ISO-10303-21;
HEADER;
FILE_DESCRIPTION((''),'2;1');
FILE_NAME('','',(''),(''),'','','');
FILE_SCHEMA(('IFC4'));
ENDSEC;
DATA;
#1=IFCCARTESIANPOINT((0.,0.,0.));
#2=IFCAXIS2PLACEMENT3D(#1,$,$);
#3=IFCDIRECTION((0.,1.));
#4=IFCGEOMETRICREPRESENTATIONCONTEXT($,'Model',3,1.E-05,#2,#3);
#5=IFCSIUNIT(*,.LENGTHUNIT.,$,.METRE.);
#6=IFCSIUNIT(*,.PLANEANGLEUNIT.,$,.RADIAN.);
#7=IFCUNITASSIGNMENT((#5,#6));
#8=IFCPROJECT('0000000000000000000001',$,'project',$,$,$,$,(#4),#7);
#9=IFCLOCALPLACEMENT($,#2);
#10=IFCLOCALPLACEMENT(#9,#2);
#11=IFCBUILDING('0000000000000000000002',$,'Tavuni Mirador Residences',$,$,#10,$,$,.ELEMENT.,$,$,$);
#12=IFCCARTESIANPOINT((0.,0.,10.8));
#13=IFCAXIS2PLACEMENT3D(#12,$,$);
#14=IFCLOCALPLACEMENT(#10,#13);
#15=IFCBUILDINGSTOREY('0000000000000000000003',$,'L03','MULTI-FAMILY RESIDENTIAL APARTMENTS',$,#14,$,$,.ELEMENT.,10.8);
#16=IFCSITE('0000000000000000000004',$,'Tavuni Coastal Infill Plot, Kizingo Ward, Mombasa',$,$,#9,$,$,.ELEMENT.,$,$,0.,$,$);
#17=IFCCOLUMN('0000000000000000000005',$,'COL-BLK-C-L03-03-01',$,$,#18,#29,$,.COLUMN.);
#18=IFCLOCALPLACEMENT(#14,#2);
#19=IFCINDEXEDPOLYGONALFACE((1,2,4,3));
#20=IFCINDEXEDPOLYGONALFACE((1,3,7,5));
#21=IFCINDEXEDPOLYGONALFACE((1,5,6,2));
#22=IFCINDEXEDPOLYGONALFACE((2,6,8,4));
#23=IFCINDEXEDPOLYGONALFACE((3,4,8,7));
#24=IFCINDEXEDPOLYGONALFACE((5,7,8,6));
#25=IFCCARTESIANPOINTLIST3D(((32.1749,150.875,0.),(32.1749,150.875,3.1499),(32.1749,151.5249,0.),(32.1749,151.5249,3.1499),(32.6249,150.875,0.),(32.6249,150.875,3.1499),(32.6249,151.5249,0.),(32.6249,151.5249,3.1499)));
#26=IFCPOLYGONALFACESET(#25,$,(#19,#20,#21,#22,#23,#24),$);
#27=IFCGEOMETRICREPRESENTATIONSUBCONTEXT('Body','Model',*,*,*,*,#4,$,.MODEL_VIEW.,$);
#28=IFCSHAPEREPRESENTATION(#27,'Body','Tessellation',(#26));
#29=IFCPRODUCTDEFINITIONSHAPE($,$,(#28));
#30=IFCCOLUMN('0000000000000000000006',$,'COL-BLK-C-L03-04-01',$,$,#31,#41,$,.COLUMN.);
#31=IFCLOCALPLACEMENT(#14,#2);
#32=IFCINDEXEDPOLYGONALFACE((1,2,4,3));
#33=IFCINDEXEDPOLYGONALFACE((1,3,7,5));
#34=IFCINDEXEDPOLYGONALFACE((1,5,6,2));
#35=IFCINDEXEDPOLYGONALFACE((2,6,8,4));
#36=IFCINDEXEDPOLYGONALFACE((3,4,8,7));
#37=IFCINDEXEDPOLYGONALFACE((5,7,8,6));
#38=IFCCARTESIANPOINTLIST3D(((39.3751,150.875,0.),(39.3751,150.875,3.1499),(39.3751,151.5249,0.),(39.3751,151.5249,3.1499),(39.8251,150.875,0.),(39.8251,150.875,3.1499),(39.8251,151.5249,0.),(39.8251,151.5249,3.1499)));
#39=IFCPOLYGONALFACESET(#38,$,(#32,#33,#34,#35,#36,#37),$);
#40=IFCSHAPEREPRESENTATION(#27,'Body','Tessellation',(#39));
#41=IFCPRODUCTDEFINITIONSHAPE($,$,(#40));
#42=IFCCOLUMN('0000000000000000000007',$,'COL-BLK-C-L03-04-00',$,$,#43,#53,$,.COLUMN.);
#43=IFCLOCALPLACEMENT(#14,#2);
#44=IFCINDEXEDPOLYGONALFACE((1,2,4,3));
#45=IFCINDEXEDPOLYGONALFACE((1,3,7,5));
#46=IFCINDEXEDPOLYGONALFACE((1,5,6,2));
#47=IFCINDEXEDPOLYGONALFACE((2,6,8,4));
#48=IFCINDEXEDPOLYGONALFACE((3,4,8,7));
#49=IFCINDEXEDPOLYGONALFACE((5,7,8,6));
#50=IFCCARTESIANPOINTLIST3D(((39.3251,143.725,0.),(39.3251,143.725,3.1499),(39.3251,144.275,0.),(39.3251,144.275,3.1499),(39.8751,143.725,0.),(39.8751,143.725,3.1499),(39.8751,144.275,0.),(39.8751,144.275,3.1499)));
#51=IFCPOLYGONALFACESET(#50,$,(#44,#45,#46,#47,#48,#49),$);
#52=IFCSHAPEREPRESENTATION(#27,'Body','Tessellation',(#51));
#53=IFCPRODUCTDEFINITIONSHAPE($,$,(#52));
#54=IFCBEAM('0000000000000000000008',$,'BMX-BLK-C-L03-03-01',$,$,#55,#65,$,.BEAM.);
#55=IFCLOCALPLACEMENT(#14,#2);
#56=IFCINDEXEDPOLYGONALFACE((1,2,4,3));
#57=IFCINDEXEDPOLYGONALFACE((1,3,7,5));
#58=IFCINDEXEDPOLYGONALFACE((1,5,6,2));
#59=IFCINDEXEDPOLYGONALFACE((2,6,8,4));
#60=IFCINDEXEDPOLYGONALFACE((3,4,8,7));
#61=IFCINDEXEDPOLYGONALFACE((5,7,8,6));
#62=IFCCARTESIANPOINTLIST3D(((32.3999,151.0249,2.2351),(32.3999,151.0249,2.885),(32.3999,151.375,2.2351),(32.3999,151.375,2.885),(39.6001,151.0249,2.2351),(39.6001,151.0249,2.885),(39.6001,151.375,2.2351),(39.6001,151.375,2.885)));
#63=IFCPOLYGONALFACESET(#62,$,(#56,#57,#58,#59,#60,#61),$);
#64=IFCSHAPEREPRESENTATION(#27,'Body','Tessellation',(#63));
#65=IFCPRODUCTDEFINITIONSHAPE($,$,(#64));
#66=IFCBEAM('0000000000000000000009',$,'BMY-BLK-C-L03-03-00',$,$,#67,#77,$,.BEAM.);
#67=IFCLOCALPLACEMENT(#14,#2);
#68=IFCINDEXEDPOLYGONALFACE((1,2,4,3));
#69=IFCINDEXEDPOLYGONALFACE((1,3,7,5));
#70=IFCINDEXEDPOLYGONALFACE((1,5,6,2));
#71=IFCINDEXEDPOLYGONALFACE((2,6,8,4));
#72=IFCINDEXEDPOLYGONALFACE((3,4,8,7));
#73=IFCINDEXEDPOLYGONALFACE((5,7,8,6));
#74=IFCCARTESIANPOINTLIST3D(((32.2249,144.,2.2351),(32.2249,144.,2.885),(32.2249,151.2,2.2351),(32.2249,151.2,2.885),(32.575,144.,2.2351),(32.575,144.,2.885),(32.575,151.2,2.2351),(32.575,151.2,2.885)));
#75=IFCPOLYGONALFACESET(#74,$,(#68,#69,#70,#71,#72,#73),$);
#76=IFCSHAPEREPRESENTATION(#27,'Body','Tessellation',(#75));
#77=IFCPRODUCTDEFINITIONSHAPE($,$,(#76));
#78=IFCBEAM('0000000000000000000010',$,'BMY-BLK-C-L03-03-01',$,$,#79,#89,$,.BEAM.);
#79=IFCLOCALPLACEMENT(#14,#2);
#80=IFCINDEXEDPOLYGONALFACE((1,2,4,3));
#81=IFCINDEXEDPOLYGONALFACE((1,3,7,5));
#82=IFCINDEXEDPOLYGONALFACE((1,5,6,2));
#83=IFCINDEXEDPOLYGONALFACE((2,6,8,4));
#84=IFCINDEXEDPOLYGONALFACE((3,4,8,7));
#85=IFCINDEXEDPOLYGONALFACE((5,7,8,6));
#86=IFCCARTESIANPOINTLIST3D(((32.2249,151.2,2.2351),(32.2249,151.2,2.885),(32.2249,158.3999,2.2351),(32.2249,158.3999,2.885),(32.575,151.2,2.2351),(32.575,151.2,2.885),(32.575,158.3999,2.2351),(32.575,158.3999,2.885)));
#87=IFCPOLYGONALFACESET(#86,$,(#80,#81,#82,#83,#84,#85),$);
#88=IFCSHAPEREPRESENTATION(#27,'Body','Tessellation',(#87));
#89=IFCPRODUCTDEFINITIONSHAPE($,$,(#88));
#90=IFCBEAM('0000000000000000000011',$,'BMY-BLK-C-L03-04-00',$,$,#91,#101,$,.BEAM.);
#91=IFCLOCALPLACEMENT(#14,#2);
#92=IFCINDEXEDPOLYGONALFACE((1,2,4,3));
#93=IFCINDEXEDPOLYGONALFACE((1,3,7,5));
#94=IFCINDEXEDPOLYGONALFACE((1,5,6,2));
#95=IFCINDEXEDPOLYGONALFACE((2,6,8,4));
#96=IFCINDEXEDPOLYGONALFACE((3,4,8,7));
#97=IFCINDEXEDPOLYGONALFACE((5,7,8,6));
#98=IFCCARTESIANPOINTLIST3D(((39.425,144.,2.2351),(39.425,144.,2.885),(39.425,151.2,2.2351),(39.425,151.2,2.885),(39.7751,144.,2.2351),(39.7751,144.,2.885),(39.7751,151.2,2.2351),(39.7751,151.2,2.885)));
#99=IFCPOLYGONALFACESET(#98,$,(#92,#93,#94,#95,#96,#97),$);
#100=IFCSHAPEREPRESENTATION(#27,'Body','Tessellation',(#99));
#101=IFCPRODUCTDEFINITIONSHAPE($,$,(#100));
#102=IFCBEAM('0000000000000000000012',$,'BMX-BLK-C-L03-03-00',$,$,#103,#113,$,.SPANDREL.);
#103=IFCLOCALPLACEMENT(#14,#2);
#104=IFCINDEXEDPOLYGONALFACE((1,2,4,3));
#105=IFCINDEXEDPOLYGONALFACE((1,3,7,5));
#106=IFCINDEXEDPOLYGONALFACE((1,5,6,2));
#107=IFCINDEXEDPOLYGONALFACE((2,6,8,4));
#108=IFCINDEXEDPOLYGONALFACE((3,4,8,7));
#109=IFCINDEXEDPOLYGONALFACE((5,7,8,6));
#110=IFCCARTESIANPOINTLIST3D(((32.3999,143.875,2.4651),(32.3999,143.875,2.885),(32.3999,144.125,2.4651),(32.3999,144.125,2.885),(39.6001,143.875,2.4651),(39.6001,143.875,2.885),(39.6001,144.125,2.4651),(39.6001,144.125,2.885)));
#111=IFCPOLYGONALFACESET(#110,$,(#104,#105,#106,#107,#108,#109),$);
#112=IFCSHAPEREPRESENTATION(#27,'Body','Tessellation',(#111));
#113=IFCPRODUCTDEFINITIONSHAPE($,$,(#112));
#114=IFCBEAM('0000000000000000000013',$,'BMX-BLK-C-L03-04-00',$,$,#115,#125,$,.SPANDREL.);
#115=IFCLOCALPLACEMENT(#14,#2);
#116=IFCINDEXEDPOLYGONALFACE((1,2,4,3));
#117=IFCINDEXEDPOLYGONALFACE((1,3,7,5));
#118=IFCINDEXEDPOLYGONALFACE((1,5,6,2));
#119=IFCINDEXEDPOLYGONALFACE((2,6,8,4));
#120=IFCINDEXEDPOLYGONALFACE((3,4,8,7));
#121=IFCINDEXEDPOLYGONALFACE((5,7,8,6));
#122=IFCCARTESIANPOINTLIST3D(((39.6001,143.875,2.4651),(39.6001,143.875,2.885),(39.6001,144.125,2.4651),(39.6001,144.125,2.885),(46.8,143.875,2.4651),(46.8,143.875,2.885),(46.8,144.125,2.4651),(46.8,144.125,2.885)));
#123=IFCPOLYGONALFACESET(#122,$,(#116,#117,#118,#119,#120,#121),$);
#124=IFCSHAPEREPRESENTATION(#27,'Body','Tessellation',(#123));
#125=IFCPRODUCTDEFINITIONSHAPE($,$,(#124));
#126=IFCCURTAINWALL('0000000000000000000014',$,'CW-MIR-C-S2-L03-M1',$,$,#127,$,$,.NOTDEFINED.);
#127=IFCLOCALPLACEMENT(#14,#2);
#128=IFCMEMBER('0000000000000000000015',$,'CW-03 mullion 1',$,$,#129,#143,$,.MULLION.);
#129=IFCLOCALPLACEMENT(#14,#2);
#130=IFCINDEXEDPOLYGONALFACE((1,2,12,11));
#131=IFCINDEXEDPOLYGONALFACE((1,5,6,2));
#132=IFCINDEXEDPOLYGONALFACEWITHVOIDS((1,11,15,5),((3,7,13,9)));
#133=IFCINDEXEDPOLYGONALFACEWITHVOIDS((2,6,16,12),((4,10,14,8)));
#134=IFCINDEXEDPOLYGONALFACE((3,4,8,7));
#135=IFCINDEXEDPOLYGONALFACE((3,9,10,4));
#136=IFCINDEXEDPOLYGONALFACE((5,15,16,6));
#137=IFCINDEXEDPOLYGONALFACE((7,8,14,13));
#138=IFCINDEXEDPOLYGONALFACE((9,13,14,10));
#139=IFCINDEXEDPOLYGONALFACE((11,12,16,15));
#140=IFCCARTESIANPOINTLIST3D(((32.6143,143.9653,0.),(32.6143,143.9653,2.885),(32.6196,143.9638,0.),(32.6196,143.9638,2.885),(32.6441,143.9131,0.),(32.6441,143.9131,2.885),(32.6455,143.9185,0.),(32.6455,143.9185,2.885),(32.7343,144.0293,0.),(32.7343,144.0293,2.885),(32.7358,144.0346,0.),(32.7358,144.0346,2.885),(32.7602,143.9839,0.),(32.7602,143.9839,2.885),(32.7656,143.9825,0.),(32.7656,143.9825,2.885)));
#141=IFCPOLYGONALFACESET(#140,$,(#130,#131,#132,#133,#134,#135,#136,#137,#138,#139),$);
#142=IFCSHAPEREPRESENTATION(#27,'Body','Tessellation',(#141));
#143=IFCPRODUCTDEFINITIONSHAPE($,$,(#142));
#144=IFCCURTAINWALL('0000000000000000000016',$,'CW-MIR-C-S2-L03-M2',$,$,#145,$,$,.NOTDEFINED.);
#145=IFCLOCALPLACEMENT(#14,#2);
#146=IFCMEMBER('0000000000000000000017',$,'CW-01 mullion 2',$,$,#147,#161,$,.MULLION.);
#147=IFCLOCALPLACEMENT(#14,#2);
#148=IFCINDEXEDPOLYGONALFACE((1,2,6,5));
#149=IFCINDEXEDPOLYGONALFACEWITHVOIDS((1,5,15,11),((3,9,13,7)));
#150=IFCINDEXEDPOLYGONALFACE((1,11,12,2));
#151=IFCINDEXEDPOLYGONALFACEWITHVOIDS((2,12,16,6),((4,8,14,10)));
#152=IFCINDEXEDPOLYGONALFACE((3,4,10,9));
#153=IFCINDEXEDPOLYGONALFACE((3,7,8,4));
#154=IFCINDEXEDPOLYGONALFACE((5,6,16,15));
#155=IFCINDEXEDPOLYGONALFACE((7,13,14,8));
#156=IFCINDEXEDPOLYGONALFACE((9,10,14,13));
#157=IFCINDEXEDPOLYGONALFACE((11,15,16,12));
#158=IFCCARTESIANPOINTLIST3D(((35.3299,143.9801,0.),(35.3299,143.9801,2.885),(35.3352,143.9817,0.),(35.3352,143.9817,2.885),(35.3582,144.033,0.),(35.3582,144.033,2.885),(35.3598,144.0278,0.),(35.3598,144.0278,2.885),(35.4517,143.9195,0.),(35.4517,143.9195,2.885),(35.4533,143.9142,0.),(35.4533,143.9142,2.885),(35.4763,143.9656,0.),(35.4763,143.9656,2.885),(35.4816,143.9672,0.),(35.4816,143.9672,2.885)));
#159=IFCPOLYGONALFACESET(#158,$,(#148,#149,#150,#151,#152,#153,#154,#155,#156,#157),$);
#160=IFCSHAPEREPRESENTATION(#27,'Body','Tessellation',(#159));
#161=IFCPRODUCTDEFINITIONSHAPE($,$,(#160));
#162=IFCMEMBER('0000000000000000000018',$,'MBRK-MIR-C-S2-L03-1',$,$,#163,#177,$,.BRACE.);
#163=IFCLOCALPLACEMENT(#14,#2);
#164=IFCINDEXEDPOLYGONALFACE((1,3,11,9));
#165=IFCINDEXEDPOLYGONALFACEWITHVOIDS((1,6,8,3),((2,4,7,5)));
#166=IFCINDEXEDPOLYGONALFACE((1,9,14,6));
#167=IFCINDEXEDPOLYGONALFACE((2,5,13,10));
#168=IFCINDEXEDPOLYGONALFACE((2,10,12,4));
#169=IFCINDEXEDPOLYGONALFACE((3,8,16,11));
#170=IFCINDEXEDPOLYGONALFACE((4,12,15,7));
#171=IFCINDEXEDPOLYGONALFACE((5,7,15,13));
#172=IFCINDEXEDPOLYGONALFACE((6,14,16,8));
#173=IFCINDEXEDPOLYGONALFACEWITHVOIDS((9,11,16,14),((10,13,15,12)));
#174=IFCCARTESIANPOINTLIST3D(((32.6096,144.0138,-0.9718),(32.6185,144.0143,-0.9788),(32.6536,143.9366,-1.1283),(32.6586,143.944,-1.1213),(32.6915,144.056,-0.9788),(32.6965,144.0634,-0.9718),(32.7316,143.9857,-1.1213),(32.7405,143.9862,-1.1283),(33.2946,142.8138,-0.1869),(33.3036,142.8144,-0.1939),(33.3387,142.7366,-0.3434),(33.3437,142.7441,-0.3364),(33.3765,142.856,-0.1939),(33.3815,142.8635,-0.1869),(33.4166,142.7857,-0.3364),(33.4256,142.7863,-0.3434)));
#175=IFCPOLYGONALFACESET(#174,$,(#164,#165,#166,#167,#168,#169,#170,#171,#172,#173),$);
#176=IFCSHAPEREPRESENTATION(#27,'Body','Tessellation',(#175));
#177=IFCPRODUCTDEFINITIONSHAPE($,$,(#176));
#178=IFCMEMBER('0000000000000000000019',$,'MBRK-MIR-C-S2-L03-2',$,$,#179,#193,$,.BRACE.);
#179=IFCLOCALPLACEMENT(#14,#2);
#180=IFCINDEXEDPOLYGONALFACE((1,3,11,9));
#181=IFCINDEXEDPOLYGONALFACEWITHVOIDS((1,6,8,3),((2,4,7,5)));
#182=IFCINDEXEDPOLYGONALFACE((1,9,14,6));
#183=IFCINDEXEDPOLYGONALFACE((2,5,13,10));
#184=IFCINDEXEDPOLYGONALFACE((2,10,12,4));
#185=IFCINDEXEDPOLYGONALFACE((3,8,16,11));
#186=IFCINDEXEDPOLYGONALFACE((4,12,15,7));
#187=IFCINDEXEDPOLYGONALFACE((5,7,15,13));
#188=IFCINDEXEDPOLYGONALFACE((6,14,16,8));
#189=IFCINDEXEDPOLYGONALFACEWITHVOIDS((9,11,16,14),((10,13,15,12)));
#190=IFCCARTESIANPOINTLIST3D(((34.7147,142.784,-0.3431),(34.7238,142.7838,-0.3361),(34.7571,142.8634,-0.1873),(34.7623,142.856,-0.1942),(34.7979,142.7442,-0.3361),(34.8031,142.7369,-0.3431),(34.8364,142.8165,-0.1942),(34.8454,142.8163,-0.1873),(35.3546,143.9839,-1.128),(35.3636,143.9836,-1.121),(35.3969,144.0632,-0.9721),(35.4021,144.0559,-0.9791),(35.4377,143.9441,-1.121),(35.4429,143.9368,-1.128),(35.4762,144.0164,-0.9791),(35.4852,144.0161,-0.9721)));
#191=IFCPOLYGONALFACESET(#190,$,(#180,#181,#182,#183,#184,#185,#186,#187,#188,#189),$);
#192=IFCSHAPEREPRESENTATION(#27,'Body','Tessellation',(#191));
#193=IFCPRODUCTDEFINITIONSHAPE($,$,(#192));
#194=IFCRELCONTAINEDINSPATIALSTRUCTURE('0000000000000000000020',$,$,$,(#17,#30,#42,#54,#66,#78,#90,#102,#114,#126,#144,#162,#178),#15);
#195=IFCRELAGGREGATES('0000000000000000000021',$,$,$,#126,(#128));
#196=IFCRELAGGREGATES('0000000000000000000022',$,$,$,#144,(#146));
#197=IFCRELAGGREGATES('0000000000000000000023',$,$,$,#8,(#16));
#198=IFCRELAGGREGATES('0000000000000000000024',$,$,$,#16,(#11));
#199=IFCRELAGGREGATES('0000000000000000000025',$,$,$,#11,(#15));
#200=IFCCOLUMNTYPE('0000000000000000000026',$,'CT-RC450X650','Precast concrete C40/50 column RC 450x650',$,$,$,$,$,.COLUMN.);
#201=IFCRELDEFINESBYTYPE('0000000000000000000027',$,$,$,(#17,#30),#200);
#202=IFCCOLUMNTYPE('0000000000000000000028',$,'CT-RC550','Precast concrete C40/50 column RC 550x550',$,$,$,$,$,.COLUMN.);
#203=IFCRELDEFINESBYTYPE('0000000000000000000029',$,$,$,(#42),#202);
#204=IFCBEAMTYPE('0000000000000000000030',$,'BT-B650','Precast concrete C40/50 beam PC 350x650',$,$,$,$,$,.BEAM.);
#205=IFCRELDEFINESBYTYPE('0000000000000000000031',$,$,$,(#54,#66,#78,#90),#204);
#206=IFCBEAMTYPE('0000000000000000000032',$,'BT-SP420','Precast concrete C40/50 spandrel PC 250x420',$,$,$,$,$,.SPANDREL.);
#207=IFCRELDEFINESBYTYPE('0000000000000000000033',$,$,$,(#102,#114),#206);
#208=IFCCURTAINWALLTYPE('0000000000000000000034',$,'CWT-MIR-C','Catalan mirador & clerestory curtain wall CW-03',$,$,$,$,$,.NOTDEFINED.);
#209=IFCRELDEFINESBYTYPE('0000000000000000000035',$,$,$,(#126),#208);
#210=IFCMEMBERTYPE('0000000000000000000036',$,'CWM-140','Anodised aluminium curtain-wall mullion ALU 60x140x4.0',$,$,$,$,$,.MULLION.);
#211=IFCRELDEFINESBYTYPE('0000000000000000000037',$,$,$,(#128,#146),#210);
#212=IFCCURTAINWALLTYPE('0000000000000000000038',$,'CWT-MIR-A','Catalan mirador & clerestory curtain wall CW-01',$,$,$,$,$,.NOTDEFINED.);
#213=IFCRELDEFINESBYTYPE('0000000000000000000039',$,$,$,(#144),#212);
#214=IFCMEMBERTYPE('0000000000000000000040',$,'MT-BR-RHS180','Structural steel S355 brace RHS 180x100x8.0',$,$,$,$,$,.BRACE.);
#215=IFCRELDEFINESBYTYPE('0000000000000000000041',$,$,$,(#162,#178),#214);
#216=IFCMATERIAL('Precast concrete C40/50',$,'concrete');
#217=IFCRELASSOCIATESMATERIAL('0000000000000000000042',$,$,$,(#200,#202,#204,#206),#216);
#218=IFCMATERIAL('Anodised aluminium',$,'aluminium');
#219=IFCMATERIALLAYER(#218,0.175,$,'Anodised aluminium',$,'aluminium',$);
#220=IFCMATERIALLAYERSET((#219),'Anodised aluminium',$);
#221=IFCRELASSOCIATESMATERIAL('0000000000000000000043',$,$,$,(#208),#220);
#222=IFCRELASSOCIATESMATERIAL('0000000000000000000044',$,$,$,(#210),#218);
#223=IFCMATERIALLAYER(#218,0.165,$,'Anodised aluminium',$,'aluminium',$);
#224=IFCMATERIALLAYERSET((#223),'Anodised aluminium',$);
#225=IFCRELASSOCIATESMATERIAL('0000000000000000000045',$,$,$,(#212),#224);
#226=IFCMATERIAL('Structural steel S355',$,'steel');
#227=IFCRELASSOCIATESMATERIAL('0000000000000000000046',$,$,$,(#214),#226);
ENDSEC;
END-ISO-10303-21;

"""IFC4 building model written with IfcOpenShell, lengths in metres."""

from ifc_helpers import new_model, si_unit, direction, frame, origin, origin_2d, place, context, subcontext, project, spatial, rectangle, hollow_rectangle, extrude, material, layer, layer_set, material_profile, profile_set, type_object, element, aggregate, save


model = new_model("IFC4")

# Units and contexts
model_context = context("Model", 3, precision=1e-05, world=origin(), true_north=direction((0.0, 1.0)))
body_context = subcontext(model_context, "Body", "Model", "MODEL_VIEW")
ifc_project = project(units=[si_unit("LENGTHUNIT", "METRE"), si_unit("PLANEANGLEUNIT", "RADIAN")], contexts=[model_context])

# Site, building, storey
site_placement = place(None, origin())
site = spatial("IfcSite", under=ifc_project, at=site_placement, Name="Tavuni Coastal Infill Plot, Kizingo Ward, Mombasa", CompositionType="ELEMENT", RefElevation=0.0)
building_placement = place(site_placement, origin())
building = spatial("IfcBuilding", under=site, at=building_placement, Name="Tavuni Mirador Residences", CompositionType="ELEMENT")
storey_placement = place(building_placement, frame((0.0, 0.0, 10.8)))
storey = spatial("IfcBuildingStorey", under=building, at=storey_placement, Name="L03", Description="MULTI-FAMILY RESIDENTIAL APARTMENTS", CompositionType="ELEMENT", Elevation=10.8)

# Columns
ifc_material_1 = material(Name="Precast concrete C40/50", Category="concrete")
ifc_material_profile_1 = material_profile(ifc_material_1, rectangle(XDim=0.45, YDim=0.6499, at=origin_2d()), Name="RC 450x650", Category="concrete")
ifc_profile_set_1 = profile_set([ifc_material_profile_1], Name="Precast concrete C40/50")
column_type_1 = type_object("IfcColumnType", Name="CT-RC450X650", Description="Precast concrete C40/50 column RC 450x650", PredefinedType="COLUMN", material=ifc_profile_set_1)
for number, where, z_axis, x_axis, name in (
    (1, (32.3999, 151.2, 0.0), (0.0, 0.0, 1.0), (1.0, 0.0, 0.0), "COL-BLK-C-L03-03-01"),
    (2, (39.6001, 151.2, 0.0), (0.0, 0.0, 1.0), (1.0, 0.0, 0.0), "COL-BLK-C-L03-04-01"),
):
    element("IfcColumn", number, at=place(storey_placement, frame(where, z_axis=z_axis, x_axis=x_axis)), inside=storey, type_object=column_type_1, Name=name, PredefinedType="COLUMN", context=body_context, shape_type="SweptSolid", body=[
        extrude(rectangle(XDim=0.45, YDim=0.6499, at=origin_2d()), origin(), (0.0, 0.0, 1.0), 3.1499),
    ])
ifc_material_profile_2 = material_profile(ifc_material_1, rectangle(XDim=0.55, YDim=0.55, at=origin_2d()), Name="RC 550x550", Category="concrete")
ifc_profile_set_2 = profile_set([ifc_material_profile_2], Name="Precast concrete C40/50")
column_type_2 = type_object("IfcColumnType", Name="CT-RC550", Description="Precast concrete C40/50 column RC 550x550", PredefinedType="COLUMN", material=ifc_profile_set_2)
column_placement = place(storey_placement, frame((39.6001, 144.0, 0.0), z_axis=(0.0, 0.0, 1.0), x_axis=(1.0, 0.0, 0.0)))
element("IfcColumn", 3, at=column_placement, inside=storey, type_object=column_type_2, Name="COL-BLK-C-L03-04-00", PredefinedType="COLUMN", context=body_context, shape_type="SweptSolid", body=[
    extrude(rectangle(XDim=0.55, YDim=0.55, at=origin_2d()), origin(), (0.0, 0.0, 1.0), 3.1499),
])

# Beams
ifc_material_profile_3 = material_profile(ifc_material_1, rectangle(XDim=0.3501, YDim=0.6499, at=origin_2d()), Name="PC 350x650", Category="concrete")
ifc_profile_set_3 = profile_set([ifc_material_profile_3], Name="Precast concrete C40/50")
beam_type_1 = type_object("IfcBeamType", Name="BT-B650", Description="Precast concrete C40/50 beam PC 350x650", PredefinedType="BEAM", material=ifc_profile_set_3)
beam_1_placement = place(storey_placement, frame((32.3999, 151.2, 2.5601), z_axis=(1.0, 0.0, 0.0), x_axis=(0.0, 1.0, 0.0)))
element("IfcBeam", 4, at=beam_1_placement, inside=storey, type_object=beam_type_1, Name="BMX-BLK-C-L03-03-01", PredefinedType="BEAM", context=body_context, shape_type="SweptSolid", body=[
    extrude(rectangle(XDim=0.3501, YDim=0.6499, at=origin_2d()), origin(), (0.0, 0.0, 1.0), 7.2002),
])
for number, where, z_axis, x_axis, name in (
    (5, (32.3999, 144.0, 2.5601), (0.0, 1.0, 0.0), (-1.0, 0.0, 0.0), "BMY-BLK-C-L03-03-00"),
    (6, (32.3999, 151.2, 2.5601), (0.0, 1.0, 0.0), (-1.0, 0.0, 0.0), "BMY-BLK-C-L03-03-01"),
    (7, (39.6001, 144.0, 2.5601), (0.0, 1.0, 0.0), (-1.0, 0.0, 0.0), "BMY-BLK-C-L03-04-00"),
):
    element("IfcBeam", number, at=place(storey_placement, frame(where, z_axis=z_axis, x_axis=x_axis)), inside=storey, type_object=beam_type_1, Name=name, PredefinedType="BEAM", context=body_context, shape_type="SweptSolid", body=[
        extrude(rectangle(XDim=0.3501, YDim=0.6499, at=origin_2d()), origin(), (0.0, 0.0, 1.0), 7.2),
    ])
ifc_material_profile_4 = material_profile(ifc_material_1, rectangle(XDim=0.25, YDim=0.4199, at=origin_2d()), Name="PC 250x420", Category="concrete")
ifc_profile_set_4 = profile_set([ifc_material_profile_4], Name="Precast concrete C40/50")
beam_type_2 = type_object("IfcBeamType", Name="BT-SP420", Description="Precast concrete C40/50 spandrel PC 250x420", PredefinedType="SPANDREL", material=ifc_profile_set_4)
beam_2_placement = place(storey_placement, frame((32.3999, 144.0, 2.675), z_axis=(1.0, 0.0, 0.0), x_axis=(0.0, 1.0, 0.0)))
element("IfcBeam", 8, at=beam_2_placement, inside=storey, type_object=beam_type_2, Name="BMX-BLK-C-L03-03-00", PredefinedType="SPANDREL", context=body_context, shape_type="SweptSolid", body=[
    extrude(rectangle(XDim=0.25, YDim=0.4199, at=origin_2d()), origin(), (0.0, 0.0, 1.0), 7.2002),
])
beam_3_placement = place(storey_placement, frame((39.6001, 144.0, 2.675), z_axis=(1.0, 0.0, 0.0), x_axis=(0.0, 1.0, 0.0)))
element("IfcBeam", 9, at=beam_3_placement, inside=storey, type_object=beam_type_2, Name="BMX-BLK-C-L03-04-00", PredefinedType="SPANDREL", context=body_context, shape_type="SweptSolid", body=[
    extrude(rectangle(XDim=0.25, YDim=0.4199, at=origin_2d()), origin(), (0.0, 0.0, 1.0), 7.2),
])

# Curtain walls, members
ifc_material_2 = material(Name="Anodised aluminium", Category="aluminium")
ifc_layer_1 = layer(ifc_material_2, 0.175, Name="Anodised aluminium", Category="aluminium")
ifc_layer_set_1 = layer_set([ifc_layer_1], Name="Anodised aluminium")
curtain_wall_type_1 = type_object("IfcCurtainWallType", Name="CWT-MIR-C", Description="Catalan mirador & clerestory curtain wall CW-03", PredefinedType="NOTDEFINED", material=ifc_layer_set_1)
curtain_wall_1_placement = place(storey_placement, origin())
curtain_wall_1 = element("IfcCurtainWall", 10, at=curtain_wall_1_placement, inside=storey, type_object=curtain_wall_type_1, Name="CW-MIR-C-S2-L03-M1", PredefinedType="NOTDEFINED")
ifc_material_profile_5 = material_profile(ifc_material_2, hollow_rectangle(XDim=0.0601, YDim=0.1399, WallThickness=0.0039, at=origin_2d()), Name="ALU 60x140x4.0", Category="aluminium")
ifc_profile_set_5 = profile_set([ifc_material_profile_5], Name="Anodised aluminium")
member_type_1 = type_object("IfcMemberType", Name="CWM-140", Description="Anodised aluminium curtain-wall mullion ALU 60x140x4.0", PredefinedType="MULLION", material=ifc_profile_set_5)
member_1_placement = place(storey_placement, frame((32.6899, 143.9739, 0.0), z_axis=(0.0, 0.0, 1.0), x_axis=(0.495749, -0.868466, 0.0)))
member_1 = element("IfcMember", 11, at=member_1_placement, type_object=member_type_1, Name="CW-03 mullion 1", PredefinedType="MULLION", context=body_context, shape_type="SweptSolid", body=[
    extrude(hollow_rectangle(XDim=0.0601, YDim=0.1399, WallThickness=0.0039, at=origin_2d()), origin(), (0.0, 0.0, 1.0), 2.885),
])
aggregate(curtain_wall_1, [member_1])
ifc_layer_2 = layer(ifc_material_2, 0.165, Name="Anodised aluminium", Category="aluminium")
ifc_layer_set_2 = layer_set([ifc_layer_2], Name="Anodised aluminium")
curtain_wall_type_2 = type_object("IfcCurtainWallType", Name="CWT-MIR-A", Description="Catalan mirador & clerestory curtain wall CW-01", PredefinedType="NOTDEFINED", material=ifc_layer_set_2)
curtain_wall_2_placement = place(storey_placement, origin())
curtain_wall_2 = element("IfcCurtainWall", 12, at=curtain_wall_2_placement, inside=storey, type_object=curtain_wall_type_2, Name="CW-MIR-C-S2-L03-M2", PredefinedType="NOTDEFINED")
member_2_placement = place(storey_placement, frame((35.4058, 143.9736, 0.0), z_axis=(0.0, 0.0, 1.0), x_axis=(0.470588, 0.882353, 0.0)))
member_2 = element("IfcMember", 13, at=member_2_placement, type_object=member_type_1, Name="CW-01 mullion 2", PredefinedType="MULLION", context=body_context, shape_type="SweptSolid", body=[
    extrude(hollow_rectangle(XDim=0.0601, YDim=0.1399, WallThickness=0.0039, at=origin_2d()), origin(), (0.0, 0.0, 1.0), 2.885),
])
aggregate(curtain_wall_2, [member_2])

# Members
ifc_material_3 = material(Name="Structural steel S355", Category="steel")
ifc_material_profile_6 = material_profile(ifc_material_3, hollow_rectangle(XDim=0.1001, YDim=0.1799, WallThickness=0.0081, at=origin_2d()), Name="RHS 180x100x8.0", Category="steel")
ifc_profile_set_6 = profile_set([ifc_material_profile_6], Name="Structural steel S355")
member_type_2 = type_object("IfcMemberType", Name="MT-BR-RHS180", Description="Structural steel S355 brace RHS 180x100x8.0", PredefinedType="BRACE", material=ifc_profile_set_6)
member_3_placement = place(storey_placement, frame((32.675, 144.0, -1.05), z_axis=(0.431095, -0.755108, 0.493931), x_axis=(0.868439, 0.495796, 0.0)))
element("IfcMember", 14, at=member_3_placement, inside=storey, type_object=member_type_2, Name="MBRK-MIR-C-S2-L03-1", PredefinedType="BRACE", context=body_context, shape_type="SweptSolid", body=[
    extrude(hollow_rectangle(XDim=0.1001, YDim=0.1799, WallThickness=0.0081, at=origin_2d()), origin(), (0.0, 0.0, 1.0), 1.5891),
])
member_4_placement = place(storey_placement, frame((35.4199, 144.0, -1.05), z_axis=(-0.407531, -0.764218, 0.49989), x_axis=(0.882378, -0.470542, 0.0)))
element("IfcMember", 15, at=member_4_placement, inside=storey, type_object=member_type_2, Name="MBRK-MIR-C-S2-L03-2", PredefinedType="BRACE", context=body_context, shape_type="SweptSolid", body=[
    extrude(hollow_rectangle(XDim=0.1001, YDim=0.1799, WallThickness=0.0081, at=origin_2d()), origin(), (0.0, 0.0, 1.0), 1.5701),
])

save(model, "model.ifc")
